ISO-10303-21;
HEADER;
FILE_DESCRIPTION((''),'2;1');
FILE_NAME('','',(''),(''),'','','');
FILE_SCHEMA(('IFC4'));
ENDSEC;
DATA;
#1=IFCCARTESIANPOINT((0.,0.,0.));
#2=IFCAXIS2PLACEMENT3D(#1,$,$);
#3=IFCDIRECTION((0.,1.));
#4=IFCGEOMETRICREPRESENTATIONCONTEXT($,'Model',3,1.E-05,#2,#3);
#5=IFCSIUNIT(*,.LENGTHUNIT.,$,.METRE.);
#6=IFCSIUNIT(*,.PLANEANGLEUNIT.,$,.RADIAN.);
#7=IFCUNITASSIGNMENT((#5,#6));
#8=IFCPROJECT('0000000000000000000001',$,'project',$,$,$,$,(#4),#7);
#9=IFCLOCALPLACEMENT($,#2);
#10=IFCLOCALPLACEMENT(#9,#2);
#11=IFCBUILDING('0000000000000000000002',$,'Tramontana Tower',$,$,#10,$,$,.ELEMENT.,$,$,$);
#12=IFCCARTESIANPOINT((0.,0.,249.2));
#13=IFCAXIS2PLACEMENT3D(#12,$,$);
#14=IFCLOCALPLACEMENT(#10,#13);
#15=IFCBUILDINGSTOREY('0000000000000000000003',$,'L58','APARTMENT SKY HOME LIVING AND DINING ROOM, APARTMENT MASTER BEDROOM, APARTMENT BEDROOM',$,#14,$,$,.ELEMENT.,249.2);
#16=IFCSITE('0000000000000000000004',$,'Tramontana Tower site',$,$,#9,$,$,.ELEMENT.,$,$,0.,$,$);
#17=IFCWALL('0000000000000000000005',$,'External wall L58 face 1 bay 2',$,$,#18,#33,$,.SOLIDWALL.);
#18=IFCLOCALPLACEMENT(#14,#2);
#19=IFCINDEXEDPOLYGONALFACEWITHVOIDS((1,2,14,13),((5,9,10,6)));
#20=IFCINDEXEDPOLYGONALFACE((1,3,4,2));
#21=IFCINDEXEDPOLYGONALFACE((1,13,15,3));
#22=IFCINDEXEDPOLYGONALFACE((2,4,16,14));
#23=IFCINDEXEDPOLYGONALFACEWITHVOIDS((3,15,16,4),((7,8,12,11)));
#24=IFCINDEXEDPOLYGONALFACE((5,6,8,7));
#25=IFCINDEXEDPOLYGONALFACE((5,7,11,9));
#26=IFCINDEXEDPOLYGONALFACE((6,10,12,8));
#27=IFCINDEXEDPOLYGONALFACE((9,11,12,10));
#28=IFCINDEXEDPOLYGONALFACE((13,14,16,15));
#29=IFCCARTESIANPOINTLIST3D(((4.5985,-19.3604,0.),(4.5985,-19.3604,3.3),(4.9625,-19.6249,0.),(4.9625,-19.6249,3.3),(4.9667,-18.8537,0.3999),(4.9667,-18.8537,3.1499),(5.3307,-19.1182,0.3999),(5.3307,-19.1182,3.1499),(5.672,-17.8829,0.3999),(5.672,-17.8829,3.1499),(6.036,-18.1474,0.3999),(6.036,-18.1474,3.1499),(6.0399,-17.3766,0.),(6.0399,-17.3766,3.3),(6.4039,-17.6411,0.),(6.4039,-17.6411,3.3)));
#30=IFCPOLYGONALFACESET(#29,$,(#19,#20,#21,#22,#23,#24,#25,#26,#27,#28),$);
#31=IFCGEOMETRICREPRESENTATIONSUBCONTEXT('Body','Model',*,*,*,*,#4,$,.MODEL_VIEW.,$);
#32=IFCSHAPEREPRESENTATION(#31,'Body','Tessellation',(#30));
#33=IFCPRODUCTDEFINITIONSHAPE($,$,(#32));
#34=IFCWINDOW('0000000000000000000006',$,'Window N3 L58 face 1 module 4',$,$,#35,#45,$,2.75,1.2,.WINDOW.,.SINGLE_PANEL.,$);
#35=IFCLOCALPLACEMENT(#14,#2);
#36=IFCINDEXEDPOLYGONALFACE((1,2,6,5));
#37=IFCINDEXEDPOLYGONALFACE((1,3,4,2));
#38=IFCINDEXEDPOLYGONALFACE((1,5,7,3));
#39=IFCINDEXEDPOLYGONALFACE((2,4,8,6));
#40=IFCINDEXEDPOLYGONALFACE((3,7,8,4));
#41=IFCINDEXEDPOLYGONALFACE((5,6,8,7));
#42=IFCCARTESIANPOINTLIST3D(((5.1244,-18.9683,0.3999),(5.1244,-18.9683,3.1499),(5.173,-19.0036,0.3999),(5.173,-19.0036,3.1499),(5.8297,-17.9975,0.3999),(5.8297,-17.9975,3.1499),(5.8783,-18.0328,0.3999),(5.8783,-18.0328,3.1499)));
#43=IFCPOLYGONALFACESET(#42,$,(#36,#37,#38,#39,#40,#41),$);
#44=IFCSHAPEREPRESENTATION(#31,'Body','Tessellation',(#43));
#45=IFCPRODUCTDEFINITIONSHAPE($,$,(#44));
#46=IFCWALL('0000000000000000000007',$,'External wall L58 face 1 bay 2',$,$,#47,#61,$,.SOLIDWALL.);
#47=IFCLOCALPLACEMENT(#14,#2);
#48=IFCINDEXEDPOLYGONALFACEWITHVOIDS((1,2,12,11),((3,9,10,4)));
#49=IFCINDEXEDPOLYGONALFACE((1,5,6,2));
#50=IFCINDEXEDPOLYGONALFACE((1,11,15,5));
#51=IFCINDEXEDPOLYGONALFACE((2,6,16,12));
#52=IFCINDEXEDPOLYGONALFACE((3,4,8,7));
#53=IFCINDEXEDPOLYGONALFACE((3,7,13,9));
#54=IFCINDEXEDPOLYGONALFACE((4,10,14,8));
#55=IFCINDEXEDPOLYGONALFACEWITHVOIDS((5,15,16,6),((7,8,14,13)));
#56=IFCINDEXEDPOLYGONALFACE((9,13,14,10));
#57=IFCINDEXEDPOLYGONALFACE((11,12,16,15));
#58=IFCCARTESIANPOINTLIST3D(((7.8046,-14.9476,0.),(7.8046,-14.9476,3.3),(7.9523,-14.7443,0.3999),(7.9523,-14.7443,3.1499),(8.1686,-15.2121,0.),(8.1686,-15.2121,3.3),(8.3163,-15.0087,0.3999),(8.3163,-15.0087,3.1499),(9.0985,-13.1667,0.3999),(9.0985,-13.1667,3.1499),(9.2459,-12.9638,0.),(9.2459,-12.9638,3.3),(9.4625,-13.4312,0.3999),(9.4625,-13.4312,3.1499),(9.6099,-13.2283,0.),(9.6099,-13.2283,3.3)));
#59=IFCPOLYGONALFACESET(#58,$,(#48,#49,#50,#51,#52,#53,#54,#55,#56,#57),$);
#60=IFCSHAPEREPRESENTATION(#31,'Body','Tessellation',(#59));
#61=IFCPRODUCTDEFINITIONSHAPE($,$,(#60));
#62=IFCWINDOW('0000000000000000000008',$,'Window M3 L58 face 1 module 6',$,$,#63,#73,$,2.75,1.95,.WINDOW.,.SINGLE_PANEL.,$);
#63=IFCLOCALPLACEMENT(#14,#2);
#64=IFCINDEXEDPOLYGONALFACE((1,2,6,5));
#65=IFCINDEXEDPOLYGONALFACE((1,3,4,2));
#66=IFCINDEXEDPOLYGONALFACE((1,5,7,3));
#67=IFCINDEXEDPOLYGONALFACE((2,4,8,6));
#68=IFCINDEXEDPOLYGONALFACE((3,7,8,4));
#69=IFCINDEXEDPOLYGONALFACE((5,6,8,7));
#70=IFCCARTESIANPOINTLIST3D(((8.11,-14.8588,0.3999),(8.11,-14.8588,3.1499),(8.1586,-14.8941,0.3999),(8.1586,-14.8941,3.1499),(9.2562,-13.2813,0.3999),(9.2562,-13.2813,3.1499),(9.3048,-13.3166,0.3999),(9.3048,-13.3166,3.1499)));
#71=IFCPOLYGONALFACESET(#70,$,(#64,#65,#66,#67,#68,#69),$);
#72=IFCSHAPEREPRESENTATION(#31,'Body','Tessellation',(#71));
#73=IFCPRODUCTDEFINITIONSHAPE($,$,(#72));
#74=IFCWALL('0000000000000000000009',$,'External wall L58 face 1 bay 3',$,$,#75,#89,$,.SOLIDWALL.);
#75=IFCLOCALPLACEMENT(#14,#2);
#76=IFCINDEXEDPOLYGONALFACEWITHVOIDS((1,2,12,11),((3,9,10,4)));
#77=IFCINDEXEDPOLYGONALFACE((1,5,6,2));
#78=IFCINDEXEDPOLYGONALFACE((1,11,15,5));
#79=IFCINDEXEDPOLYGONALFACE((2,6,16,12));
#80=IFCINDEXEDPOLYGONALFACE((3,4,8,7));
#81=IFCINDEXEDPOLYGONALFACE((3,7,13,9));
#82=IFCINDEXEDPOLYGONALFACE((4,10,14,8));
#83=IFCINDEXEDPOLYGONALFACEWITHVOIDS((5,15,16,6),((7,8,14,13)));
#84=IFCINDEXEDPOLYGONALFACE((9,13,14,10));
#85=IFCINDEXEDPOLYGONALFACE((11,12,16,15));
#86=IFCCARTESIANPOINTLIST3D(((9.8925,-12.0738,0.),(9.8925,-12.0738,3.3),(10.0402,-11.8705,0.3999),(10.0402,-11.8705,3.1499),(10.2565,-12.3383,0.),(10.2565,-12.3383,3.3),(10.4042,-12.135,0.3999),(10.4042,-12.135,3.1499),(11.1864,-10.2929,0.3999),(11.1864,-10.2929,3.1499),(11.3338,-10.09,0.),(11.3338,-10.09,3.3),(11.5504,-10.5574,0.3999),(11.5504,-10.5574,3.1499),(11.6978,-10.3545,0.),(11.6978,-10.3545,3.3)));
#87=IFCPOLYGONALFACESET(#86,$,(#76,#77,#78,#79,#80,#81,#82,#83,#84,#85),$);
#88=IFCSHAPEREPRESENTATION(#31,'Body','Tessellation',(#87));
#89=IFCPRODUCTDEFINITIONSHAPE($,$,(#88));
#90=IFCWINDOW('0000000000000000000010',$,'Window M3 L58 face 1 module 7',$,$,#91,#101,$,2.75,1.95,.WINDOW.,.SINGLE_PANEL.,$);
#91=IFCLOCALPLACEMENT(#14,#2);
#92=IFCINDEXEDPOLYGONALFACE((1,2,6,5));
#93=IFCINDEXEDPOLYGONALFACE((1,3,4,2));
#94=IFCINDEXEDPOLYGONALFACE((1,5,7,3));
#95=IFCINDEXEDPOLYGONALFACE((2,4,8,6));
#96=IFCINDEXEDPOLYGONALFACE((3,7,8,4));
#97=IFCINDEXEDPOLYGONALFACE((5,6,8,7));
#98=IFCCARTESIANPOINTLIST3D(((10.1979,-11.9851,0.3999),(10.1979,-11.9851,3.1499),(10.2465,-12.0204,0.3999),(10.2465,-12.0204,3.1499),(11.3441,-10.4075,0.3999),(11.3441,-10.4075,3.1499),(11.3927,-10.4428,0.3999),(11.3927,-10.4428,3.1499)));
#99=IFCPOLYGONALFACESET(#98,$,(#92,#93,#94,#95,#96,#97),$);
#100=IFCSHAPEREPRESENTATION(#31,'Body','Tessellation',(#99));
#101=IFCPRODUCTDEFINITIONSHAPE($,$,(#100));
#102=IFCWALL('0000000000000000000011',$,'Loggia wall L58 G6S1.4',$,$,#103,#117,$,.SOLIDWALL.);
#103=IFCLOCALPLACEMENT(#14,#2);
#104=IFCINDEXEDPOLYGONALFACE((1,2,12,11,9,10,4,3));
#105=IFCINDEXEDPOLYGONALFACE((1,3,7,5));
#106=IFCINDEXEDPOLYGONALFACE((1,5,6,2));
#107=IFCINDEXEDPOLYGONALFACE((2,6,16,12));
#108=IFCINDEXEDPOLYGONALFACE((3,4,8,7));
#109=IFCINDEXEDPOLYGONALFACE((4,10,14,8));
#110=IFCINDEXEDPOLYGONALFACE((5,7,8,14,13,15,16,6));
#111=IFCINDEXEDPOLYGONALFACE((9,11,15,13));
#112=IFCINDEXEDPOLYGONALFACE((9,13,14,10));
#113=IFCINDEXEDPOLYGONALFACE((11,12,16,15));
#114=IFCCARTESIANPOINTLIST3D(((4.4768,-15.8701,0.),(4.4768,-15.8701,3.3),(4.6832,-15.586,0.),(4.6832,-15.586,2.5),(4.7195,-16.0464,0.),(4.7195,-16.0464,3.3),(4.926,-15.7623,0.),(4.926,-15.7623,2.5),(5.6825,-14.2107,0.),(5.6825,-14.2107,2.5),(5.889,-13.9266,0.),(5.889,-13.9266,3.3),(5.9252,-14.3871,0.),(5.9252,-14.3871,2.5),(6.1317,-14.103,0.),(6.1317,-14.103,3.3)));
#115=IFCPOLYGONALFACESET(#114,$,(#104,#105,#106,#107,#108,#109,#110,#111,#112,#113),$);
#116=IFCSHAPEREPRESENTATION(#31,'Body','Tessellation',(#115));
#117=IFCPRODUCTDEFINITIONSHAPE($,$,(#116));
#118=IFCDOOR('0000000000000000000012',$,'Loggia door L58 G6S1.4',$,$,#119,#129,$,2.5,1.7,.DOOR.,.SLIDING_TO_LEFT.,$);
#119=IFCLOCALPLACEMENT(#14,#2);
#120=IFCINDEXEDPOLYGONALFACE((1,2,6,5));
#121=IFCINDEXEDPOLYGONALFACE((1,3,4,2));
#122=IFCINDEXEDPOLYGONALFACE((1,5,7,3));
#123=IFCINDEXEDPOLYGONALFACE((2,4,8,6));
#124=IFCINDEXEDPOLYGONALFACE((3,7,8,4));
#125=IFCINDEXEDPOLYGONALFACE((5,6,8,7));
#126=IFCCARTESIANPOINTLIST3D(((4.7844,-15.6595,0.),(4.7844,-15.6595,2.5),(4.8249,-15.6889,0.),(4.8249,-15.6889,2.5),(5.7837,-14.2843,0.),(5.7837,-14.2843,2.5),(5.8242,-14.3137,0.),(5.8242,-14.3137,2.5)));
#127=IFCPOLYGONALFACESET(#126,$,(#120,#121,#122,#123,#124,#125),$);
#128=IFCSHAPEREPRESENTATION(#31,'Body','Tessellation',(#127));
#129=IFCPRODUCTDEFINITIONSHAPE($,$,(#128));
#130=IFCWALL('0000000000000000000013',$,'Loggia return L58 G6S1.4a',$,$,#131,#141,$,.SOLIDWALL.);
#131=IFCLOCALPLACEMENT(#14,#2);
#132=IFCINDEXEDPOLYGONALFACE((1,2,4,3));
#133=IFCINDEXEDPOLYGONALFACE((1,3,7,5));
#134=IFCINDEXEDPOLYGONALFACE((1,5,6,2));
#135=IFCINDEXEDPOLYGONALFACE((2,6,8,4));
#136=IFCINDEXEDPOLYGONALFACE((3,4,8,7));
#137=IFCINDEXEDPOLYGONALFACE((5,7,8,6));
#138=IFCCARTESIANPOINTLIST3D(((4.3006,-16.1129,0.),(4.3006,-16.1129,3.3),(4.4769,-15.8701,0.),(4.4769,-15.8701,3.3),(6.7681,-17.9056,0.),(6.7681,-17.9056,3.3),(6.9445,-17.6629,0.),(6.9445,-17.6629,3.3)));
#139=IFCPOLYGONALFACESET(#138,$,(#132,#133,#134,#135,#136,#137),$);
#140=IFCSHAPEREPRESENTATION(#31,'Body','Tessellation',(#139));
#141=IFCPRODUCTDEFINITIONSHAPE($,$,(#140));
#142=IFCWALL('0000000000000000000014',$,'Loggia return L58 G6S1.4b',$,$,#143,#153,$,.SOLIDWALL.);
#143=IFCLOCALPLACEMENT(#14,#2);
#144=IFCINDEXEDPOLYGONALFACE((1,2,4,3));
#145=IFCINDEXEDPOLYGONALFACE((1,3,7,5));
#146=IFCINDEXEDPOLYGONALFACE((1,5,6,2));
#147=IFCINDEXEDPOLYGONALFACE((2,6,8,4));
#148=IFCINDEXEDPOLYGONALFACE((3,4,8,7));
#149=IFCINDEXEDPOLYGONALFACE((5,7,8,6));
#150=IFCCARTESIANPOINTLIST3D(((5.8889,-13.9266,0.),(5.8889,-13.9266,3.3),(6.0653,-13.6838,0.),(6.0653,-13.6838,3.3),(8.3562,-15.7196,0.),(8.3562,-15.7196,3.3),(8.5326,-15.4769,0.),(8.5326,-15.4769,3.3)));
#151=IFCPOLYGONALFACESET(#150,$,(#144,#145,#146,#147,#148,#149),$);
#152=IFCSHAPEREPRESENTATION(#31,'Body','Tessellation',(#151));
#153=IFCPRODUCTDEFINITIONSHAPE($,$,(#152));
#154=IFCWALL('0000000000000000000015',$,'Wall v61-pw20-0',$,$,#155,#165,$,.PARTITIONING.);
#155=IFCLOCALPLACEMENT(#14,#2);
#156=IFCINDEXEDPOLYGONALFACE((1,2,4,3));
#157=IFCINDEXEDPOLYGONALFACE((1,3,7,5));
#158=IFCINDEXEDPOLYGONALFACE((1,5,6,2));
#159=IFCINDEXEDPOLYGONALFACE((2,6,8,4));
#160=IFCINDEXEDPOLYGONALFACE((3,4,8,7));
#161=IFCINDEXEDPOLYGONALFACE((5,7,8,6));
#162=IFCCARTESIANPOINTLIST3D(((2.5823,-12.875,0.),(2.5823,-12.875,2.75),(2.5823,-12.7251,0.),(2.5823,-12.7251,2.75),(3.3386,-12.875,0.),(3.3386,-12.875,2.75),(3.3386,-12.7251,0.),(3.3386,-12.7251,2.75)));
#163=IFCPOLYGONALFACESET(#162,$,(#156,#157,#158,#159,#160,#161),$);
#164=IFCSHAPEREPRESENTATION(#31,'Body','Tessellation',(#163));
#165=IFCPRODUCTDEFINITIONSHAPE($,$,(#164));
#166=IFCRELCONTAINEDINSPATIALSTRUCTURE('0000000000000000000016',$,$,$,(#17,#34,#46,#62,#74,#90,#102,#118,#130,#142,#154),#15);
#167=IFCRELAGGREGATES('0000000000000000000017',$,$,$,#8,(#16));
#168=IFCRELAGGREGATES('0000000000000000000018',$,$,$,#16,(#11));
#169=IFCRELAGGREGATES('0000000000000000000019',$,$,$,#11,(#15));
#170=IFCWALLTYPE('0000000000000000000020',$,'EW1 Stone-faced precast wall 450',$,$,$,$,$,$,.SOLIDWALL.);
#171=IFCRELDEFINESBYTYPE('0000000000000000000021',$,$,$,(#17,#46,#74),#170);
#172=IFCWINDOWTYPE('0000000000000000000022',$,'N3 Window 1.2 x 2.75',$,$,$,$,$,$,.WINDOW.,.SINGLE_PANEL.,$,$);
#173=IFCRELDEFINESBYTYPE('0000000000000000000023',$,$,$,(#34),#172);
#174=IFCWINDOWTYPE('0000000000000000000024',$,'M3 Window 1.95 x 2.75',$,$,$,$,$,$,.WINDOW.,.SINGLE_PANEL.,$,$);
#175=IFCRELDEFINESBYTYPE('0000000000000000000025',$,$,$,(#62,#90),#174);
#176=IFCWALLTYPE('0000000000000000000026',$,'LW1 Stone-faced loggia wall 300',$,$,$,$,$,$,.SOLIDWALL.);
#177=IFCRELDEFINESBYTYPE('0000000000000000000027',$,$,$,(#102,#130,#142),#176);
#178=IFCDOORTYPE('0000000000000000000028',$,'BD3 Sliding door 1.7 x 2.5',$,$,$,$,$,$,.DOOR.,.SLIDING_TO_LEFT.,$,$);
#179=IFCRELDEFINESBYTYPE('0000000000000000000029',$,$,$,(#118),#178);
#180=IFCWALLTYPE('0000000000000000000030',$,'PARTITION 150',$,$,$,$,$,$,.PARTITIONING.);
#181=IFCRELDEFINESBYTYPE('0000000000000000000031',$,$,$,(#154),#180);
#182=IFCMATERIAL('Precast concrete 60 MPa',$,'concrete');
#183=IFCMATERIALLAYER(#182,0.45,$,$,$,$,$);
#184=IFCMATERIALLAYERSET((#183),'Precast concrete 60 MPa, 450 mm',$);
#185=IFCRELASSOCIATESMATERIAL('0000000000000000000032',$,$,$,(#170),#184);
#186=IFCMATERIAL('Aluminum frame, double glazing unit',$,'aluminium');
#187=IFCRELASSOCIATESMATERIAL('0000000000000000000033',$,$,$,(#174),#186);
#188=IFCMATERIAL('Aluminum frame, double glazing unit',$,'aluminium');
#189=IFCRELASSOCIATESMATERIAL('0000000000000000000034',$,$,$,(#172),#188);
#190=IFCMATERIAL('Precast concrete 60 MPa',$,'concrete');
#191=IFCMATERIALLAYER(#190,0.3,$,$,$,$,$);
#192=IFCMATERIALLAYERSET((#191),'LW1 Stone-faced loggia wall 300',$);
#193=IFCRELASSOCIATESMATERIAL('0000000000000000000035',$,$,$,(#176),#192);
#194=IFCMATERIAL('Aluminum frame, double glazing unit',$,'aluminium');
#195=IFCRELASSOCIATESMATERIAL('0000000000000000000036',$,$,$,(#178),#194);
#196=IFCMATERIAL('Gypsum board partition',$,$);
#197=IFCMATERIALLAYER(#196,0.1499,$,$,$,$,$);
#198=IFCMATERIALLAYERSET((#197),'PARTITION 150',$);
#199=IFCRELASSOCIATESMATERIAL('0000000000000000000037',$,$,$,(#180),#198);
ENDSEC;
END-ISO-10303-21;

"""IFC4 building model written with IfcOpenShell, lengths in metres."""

from ifc_helpers import new_model, si_unit, direction, frame, frame_2d, origin, place, context, subcontext, project, spatial, rectangle, extrude, material, layer, layer_set, type_object, element, fill, save


model = new_model("IFC4")

# Units and contexts
model_context = context("Model", 3, precision=1e-05, world=origin(), true_north=direction((0.0, 1.0)))
body_context = subcontext(model_context, "Body", "Model", "MODEL_VIEW")
ifc_project = project(units=[si_unit("LENGTHUNIT", "METRE"), si_unit("PLANEANGLEUNIT", "RADIAN")], contexts=[model_context])

# Site, building, storey
site_placement = place(None, origin())
site = spatial("IfcSite", under=ifc_project, at=site_placement, Name="Tramontana Tower site", CompositionType="ELEMENT", RefElevation=0.0)
building_placement = place(site_placement, origin())
building = spatial("IfcBuilding", under=site, at=building_placement, Name="Tramontana Tower", CompositionType="ELEMENT")
storey_placement = place(building_placement, frame((0.0, 0.0, 249.2)))
storey = spatial("IfcBuildingStorey", under=building, at=storey_placement, Name="L58", Description="APARTMENT SKY HOME LIVING AND DINING ROOM, APARTMENT MASTER BEDROOM, APARTMENT BEDROOM", CompositionType="ELEMENT", Elevation=249.2)

# Shared definitions
ifc_material_1 = material(Name="Precast concrete 60 MPa", Category="concrete")
ifc_layer_1 = layer(ifc_material_1, 0.45)
ifc_layer_set_1 = layer_set([ifc_layer_1], Name="Precast concrete 60 MPa, 450 mm")
wall_type_1 = type_object("IfcWallType", Name="EW1 Stone-faced precast wall 450", PredefinedType="SOLIDWALL", material=ifc_layer_set_1)
ifc_material_2 = material(Name="Aluminum frame, double glazing unit", Category="aluminium")
window_type_1 = type_object("IfcWindowType", Name="M3 Window 1.95 x 2.75", PartitioningType="SINGLE_PANEL", PredefinedType="WINDOW", material=ifc_material_2)

# Walls, openings, windows
wall_1_placement = place(storey_placement, frame((4.7805, -19.4927, 0.0), z_axis=(0.0, 0.0, 1.0), x_axis=(0.587793, 0.809012, 0.0)))
wall_1 = element("IfcWall", 1, at=wall_1_placement, inside=storey, type_object=wall_type_1, Name="External wall L58 face 1 bay 2", PredefinedType="SOLIDWALL", context=body_context, shape_type="SweptSolid", body=[
    extrude(rectangle(XDim=2.4521, YDim=0.45, at=frame_2d((1.2261, 0.0))), origin(), (0.0, 0.0, 1.0), 3.3),
])
opening_1_placement = place(wall_1_placement, frame((0.6262, 0.0, 0.3999)))
opening_1 = element("IfcOpeningElement", 2, at=opening_1_placement, cuts=wall_1, PredefinedType="OPENING", context=body_context, shape_type="SweptSolid", body=[
    extrude(rectangle(XDim=1.2, YDim=2.75, at=frame_2d((0.6001, 1.375))), frame((0.0, 0.2349, 0.0), z_axis=(0.0, -1.0, 0.0), x_axis=(1.0, 0.0, 0.0)), (0.0, 0.0, 1.0), 0.47),
])
ifc_material_3 = material(Name="Aluminum frame, double glazing unit", Category="aluminium")
window_type_2 = type_object("IfcWindowType", Name="N3 Window 1.2 x 2.75", PartitioningType="SINGLE_PANEL", PredefinedType="WINDOW", material=ifc_material_3)
window_1_placement = place(opening_1_placement, origin())
window_1 = element("IfcWindow", 3, at=window_1_placement, inside=storey, type_object=window_type_2, Name="Window N3 L58 face 1 module 4", OverallHeight=2.75, OverallWidth=1.2, PartitioningType="SINGLE_PANEL", PredefinedType="WINDOW", context=body_context, shape_type="SweptSolid", body=[
    extrude(rectangle(XDim=1.2, YDim=2.75, at=frame_2d((0.6001, 1.375))), frame((0.0, 0.03, 0.0), z_axis=(0.0, -1.0, 0.0), x_axis=(1.0, 0.0, 0.0)), (0.0, 0.0, 1.0), 0.0601),
])
fill(opening_1, window_1)
wall_2_placement = place(storey_placement, frame((7.9866, -15.0798, 0.0), z_axis=(0.0, 0.0, 1.0), x_axis=(0.587793, 0.809012, 0.0)))
wall_2 = element("IfcWall", 4, at=wall_2_placement, inside=storey, type_object=wall_type_1, Name="External wall L58 face 1 bay 2", PredefinedType="SOLIDWALL", context=body_context, shape_type="SweptSolid", body=[
    extrude(rectangle(XDim=2.4521, YDim=0.45, at=frame_2d((1.2261, 0.0))), origin(), (0.0, 0.0, 1.0), 3.3),
])
opening_2_placement = place(wall_2_placement, frame((0.2512, 0.0, 0.3999)))
opening_2 = element("IfcOpeningElement", 5, at=opening_2_placement, cuts=wall_2, PredefinedType="OPENING", context=body_context, shape_type="SweptSolid", body=[
    extrude(rectangle(XDim=1.95, YDim=2.75, at=frame_2d((0.9751, 1.375))), frame((0.0, 0.2349, 0.0), z_axis=(0.0, -1.0, 0.0), x_axis=(1.0, 0.0, 0.0)), (0.0, 0.0, 1.0), 0.47),
])
window_2_placement = place(opening_2_placement, origin())
window_2 = element("IfcWindow", 6, at=window_2_placement, inside=storey, type_object=window_type_1, Name="Window M3 L58 face 1 module 6", OverallHeight=2.75, OverallWidth=1.95, PartitioningType="SINGLE_PANEL", PredefinedType="WINDOW", context=body_context, shape_type="SweptSolid", body=[
    extrude(rectangle(XDim=1.95, YDim=2.75, at=frame_2d((0.9751, 1.375))), frame((0.0, 0.03, 0.0), z_axis=(0.0, -1.0, 0.0), x_axis=(1.0, 0.0, 0.0)), (0.0, 0.0, 1.0), 0.0601),
])
fill(opening_2, window_2)
wall_3_placement = place(storey_placement, frame((10.0745, -12.2061, 0.0), z_axis=(0.0, 0.0, 1.0), x_axis=(0.587793, 0.809012, 0.0)))
wall_3 = element("IfcWall", 7, at=wall_3_placement, inside=storey, type_object=wall_type_1, Name="External wall L58 face 1 bay 3", PredefinedType="SOLIDWALL", context=body_context, shape_type="SweptSolid", body=[
    extrude(rectangle(XDim=2.4521, YDim=0.45, at=frame_2d((1.2261, 0.0))), origin(), (0.0, 0.0, 1.0), 3.3),
])
opening_3_placement = place(wall_3_placement, frame((0.2512, 0.0, 0.3999)))
opening_3 = element("IfcOpeningElement", 8, at=opening_3_placement, cuts=wall_3, PredefinedType="OPENING", context=body_context, shape_type="SweptSolid", body=[
    extrude(rectangle(XDim=1.95, YDim=2.75, at=frame_2d((0.9751, 1.375))), frame((0.0, 0.2349, 0.0), z_axis=(0.0, -1.0, 0.0), x_axis=(1.0, 0.0, 0.0)), (0.0, 0.0, 1.0), 0.47),
])
window_3_placement = place(opening_3_placement, origin())
window_3 = element("IfcWindow", 9, at=window_3_placement, inside=storey, type_object=window_type_1, Name="Window M3 L58 face 1 module 7", OverallHeight=2.75, OverallWidth=1.95, PartitioningType="SINGLE_PANEL", PredefinedType="WINDOW", context=body_context, shape_type="SweptSolid", body=[
    extrude(rectangle(XDim=1.95, YDim=2.75, at=frame_2d((0.9751, 1.375))), frame((0.0, 0.03, 0.0), z_axis=(0.0, -1.0, 0.0), x_axis=(1.0, 0.0, 0.0)), (0.0, 0.0, 1.0), 0.0601),
])
fill(opening_3, window_3)

# Wall, opening, door
ifc_material_4 = material(Name="Precast concrete 60 MPa", Category="concrete")
ifc_layer_2 = layer(ifc_material_4, 0.3)
ifc_layer_set_2 = layer_set([ifc_layer_2], Name="LW1 Stone-faced loggia wall 300")
wall_type_2 = type_object("IfcWallType", Name="LW1 Stone-faced loggia wall 300", PredefinedType="SOLIDWALL", material=ifc_layer_set_2)
wall_4_placement = place(storey_placement, frame((4.5981, -15.9583, 0.0), z_axis=(0.0, 0.0, 1.0), x_axis=(0.587833, 0.808982, 0.0)))
wall_4 = element("IfcWall", 10, at=wall_4_placement, inside=storey, type_object=wall_type_2, Name="Loggia wall L58 G6S1.4", PredefinedType="SOLIDWALL", context=body_context, shape_type="SweptSolid", body=[
    extrude(rectangle(XDim=2.4023, YDim=0.3, at=frame_2d((1.2012, 0.0))), origin(), (0.0, 0.0, 1.0), 3.3),
])
opening_4_placement = place(wall_4_placement, frame((0.3511, 0.0, 0.0)))
opening_4 = element("IfcOpeningElement", 11, at=opening_4_placement, cuts=wall_4, PredefinedType="OPENING", context=body_context, shape_type="SweptSolid", body=[
    extrude(rectangle(XDim=1.7, YDim=2.5, at=frame_2d((0.8501, 1.25))), frame((0.0, 0.1599, 0.0), z_axis=(0.0, -1.0, 0.0), x_axis=(1.0, 0.0, 0.0)), (0.0, 0.0, 1.0), 0.3201),
])
ifc_material_5 = material(Name="Aluminum frame, double glazing unit", Category="aluminium")
door_type_1 = type_object("IfcDoorType", Name="BD3 Sliding door 1.7 x 2.5", OperationType="SLIDING_TO_LEFT", PredefinedType="DOOR", material=ifc_material_5)
door_1_placement = place(opening_4_placement, origin())
door_1 = element("IfcDoor", 12, at=door_1_placement, inside=storey, type_object=door_type_1, Name="Loggia door L58 G6S1.4", OperationType="SLIDING_TO_LEFT", OverallHeight=2.5, OverallWidth=1.7, PredefinedType="DOOR", context=body_context, shape_type="SweptSolid", body=[
    extrude(rectangle(XDim=1.7, YDim=2.5, at=frame_2d((0.8501, 1.25))), frame((0.0, 0.0249, 0.0), z_axis=(0.0, -1.0, 0.0), x_axis=(1.0, 0.0, 0.0)), (0.0, 0.0, 1.0), 0.05),
])
fill(opening_4, door_1)

# Walls
for number, where, z_axis, x_axis, name in (
    (13, (6.8562, -17.7842, 0.0), (0.0, 0.0, 1.0), (-0.809023, 0.587777, 0.0), "Loggia return L58 G6S1.4a"),
    (14, (8.4443, -15.5981, 0.0), (0.0, 0.0, 1.0), (-0.808958, 0.587867, 0.0), "Loggia return L58 G6S1.4b"),
):
    element("IfcWall", number, at=place(storey_placement, frame(where, z_axis=z_axis, x_axis=x_axis)), inside=storey, type_object=wall_type_2, Name=name, PredefinedType="SOLIDWALL", context=body_context, shape_type="SweptSolid", body=[
        extrude(rectangle(XDim=3.05, YDim=0.3, at=frame_2d((1.5249, 0.0))), origin(), (0.0, 0.0, 1.0), 3.3),
    ])
ifc_material_6 = material(Name="Gypsum board partition")
ifc_layer_3 = layer(ifc_material_6, 0.1499)
ifc_layer_set_3 = layer_set([ifc_layer_3], Name="PARTITION 150")
wall_type_3 = type_object("IfcWallType", Name="PARTITION 150", PredefinedType="PARTITIONING", material=ifc_layer_set_3)
wall_5_placement = place(storey_placement, frame((3.3386, -12.8, 0.0), z_axis=(0.0, 0.0, 1.0), x_axis=(-1.0, 0.0, 0.0)))
element("IfcWall", 15, at=wall_5_placement, inside=storey, type_object=wall_type_3, Name="Wall v61-pw20-0", PredefinedType="PARTITIONING", context=body_context, shape_type="SweptSolid", body=[
    extrude(rectangle(XDim=0.7563, YDim=0.1499, at=frame_2d((0.3782, 0.0))), origin(), (0.0, 0.0, 1.0), 2.75),
])

save(model, "model.ifc")
